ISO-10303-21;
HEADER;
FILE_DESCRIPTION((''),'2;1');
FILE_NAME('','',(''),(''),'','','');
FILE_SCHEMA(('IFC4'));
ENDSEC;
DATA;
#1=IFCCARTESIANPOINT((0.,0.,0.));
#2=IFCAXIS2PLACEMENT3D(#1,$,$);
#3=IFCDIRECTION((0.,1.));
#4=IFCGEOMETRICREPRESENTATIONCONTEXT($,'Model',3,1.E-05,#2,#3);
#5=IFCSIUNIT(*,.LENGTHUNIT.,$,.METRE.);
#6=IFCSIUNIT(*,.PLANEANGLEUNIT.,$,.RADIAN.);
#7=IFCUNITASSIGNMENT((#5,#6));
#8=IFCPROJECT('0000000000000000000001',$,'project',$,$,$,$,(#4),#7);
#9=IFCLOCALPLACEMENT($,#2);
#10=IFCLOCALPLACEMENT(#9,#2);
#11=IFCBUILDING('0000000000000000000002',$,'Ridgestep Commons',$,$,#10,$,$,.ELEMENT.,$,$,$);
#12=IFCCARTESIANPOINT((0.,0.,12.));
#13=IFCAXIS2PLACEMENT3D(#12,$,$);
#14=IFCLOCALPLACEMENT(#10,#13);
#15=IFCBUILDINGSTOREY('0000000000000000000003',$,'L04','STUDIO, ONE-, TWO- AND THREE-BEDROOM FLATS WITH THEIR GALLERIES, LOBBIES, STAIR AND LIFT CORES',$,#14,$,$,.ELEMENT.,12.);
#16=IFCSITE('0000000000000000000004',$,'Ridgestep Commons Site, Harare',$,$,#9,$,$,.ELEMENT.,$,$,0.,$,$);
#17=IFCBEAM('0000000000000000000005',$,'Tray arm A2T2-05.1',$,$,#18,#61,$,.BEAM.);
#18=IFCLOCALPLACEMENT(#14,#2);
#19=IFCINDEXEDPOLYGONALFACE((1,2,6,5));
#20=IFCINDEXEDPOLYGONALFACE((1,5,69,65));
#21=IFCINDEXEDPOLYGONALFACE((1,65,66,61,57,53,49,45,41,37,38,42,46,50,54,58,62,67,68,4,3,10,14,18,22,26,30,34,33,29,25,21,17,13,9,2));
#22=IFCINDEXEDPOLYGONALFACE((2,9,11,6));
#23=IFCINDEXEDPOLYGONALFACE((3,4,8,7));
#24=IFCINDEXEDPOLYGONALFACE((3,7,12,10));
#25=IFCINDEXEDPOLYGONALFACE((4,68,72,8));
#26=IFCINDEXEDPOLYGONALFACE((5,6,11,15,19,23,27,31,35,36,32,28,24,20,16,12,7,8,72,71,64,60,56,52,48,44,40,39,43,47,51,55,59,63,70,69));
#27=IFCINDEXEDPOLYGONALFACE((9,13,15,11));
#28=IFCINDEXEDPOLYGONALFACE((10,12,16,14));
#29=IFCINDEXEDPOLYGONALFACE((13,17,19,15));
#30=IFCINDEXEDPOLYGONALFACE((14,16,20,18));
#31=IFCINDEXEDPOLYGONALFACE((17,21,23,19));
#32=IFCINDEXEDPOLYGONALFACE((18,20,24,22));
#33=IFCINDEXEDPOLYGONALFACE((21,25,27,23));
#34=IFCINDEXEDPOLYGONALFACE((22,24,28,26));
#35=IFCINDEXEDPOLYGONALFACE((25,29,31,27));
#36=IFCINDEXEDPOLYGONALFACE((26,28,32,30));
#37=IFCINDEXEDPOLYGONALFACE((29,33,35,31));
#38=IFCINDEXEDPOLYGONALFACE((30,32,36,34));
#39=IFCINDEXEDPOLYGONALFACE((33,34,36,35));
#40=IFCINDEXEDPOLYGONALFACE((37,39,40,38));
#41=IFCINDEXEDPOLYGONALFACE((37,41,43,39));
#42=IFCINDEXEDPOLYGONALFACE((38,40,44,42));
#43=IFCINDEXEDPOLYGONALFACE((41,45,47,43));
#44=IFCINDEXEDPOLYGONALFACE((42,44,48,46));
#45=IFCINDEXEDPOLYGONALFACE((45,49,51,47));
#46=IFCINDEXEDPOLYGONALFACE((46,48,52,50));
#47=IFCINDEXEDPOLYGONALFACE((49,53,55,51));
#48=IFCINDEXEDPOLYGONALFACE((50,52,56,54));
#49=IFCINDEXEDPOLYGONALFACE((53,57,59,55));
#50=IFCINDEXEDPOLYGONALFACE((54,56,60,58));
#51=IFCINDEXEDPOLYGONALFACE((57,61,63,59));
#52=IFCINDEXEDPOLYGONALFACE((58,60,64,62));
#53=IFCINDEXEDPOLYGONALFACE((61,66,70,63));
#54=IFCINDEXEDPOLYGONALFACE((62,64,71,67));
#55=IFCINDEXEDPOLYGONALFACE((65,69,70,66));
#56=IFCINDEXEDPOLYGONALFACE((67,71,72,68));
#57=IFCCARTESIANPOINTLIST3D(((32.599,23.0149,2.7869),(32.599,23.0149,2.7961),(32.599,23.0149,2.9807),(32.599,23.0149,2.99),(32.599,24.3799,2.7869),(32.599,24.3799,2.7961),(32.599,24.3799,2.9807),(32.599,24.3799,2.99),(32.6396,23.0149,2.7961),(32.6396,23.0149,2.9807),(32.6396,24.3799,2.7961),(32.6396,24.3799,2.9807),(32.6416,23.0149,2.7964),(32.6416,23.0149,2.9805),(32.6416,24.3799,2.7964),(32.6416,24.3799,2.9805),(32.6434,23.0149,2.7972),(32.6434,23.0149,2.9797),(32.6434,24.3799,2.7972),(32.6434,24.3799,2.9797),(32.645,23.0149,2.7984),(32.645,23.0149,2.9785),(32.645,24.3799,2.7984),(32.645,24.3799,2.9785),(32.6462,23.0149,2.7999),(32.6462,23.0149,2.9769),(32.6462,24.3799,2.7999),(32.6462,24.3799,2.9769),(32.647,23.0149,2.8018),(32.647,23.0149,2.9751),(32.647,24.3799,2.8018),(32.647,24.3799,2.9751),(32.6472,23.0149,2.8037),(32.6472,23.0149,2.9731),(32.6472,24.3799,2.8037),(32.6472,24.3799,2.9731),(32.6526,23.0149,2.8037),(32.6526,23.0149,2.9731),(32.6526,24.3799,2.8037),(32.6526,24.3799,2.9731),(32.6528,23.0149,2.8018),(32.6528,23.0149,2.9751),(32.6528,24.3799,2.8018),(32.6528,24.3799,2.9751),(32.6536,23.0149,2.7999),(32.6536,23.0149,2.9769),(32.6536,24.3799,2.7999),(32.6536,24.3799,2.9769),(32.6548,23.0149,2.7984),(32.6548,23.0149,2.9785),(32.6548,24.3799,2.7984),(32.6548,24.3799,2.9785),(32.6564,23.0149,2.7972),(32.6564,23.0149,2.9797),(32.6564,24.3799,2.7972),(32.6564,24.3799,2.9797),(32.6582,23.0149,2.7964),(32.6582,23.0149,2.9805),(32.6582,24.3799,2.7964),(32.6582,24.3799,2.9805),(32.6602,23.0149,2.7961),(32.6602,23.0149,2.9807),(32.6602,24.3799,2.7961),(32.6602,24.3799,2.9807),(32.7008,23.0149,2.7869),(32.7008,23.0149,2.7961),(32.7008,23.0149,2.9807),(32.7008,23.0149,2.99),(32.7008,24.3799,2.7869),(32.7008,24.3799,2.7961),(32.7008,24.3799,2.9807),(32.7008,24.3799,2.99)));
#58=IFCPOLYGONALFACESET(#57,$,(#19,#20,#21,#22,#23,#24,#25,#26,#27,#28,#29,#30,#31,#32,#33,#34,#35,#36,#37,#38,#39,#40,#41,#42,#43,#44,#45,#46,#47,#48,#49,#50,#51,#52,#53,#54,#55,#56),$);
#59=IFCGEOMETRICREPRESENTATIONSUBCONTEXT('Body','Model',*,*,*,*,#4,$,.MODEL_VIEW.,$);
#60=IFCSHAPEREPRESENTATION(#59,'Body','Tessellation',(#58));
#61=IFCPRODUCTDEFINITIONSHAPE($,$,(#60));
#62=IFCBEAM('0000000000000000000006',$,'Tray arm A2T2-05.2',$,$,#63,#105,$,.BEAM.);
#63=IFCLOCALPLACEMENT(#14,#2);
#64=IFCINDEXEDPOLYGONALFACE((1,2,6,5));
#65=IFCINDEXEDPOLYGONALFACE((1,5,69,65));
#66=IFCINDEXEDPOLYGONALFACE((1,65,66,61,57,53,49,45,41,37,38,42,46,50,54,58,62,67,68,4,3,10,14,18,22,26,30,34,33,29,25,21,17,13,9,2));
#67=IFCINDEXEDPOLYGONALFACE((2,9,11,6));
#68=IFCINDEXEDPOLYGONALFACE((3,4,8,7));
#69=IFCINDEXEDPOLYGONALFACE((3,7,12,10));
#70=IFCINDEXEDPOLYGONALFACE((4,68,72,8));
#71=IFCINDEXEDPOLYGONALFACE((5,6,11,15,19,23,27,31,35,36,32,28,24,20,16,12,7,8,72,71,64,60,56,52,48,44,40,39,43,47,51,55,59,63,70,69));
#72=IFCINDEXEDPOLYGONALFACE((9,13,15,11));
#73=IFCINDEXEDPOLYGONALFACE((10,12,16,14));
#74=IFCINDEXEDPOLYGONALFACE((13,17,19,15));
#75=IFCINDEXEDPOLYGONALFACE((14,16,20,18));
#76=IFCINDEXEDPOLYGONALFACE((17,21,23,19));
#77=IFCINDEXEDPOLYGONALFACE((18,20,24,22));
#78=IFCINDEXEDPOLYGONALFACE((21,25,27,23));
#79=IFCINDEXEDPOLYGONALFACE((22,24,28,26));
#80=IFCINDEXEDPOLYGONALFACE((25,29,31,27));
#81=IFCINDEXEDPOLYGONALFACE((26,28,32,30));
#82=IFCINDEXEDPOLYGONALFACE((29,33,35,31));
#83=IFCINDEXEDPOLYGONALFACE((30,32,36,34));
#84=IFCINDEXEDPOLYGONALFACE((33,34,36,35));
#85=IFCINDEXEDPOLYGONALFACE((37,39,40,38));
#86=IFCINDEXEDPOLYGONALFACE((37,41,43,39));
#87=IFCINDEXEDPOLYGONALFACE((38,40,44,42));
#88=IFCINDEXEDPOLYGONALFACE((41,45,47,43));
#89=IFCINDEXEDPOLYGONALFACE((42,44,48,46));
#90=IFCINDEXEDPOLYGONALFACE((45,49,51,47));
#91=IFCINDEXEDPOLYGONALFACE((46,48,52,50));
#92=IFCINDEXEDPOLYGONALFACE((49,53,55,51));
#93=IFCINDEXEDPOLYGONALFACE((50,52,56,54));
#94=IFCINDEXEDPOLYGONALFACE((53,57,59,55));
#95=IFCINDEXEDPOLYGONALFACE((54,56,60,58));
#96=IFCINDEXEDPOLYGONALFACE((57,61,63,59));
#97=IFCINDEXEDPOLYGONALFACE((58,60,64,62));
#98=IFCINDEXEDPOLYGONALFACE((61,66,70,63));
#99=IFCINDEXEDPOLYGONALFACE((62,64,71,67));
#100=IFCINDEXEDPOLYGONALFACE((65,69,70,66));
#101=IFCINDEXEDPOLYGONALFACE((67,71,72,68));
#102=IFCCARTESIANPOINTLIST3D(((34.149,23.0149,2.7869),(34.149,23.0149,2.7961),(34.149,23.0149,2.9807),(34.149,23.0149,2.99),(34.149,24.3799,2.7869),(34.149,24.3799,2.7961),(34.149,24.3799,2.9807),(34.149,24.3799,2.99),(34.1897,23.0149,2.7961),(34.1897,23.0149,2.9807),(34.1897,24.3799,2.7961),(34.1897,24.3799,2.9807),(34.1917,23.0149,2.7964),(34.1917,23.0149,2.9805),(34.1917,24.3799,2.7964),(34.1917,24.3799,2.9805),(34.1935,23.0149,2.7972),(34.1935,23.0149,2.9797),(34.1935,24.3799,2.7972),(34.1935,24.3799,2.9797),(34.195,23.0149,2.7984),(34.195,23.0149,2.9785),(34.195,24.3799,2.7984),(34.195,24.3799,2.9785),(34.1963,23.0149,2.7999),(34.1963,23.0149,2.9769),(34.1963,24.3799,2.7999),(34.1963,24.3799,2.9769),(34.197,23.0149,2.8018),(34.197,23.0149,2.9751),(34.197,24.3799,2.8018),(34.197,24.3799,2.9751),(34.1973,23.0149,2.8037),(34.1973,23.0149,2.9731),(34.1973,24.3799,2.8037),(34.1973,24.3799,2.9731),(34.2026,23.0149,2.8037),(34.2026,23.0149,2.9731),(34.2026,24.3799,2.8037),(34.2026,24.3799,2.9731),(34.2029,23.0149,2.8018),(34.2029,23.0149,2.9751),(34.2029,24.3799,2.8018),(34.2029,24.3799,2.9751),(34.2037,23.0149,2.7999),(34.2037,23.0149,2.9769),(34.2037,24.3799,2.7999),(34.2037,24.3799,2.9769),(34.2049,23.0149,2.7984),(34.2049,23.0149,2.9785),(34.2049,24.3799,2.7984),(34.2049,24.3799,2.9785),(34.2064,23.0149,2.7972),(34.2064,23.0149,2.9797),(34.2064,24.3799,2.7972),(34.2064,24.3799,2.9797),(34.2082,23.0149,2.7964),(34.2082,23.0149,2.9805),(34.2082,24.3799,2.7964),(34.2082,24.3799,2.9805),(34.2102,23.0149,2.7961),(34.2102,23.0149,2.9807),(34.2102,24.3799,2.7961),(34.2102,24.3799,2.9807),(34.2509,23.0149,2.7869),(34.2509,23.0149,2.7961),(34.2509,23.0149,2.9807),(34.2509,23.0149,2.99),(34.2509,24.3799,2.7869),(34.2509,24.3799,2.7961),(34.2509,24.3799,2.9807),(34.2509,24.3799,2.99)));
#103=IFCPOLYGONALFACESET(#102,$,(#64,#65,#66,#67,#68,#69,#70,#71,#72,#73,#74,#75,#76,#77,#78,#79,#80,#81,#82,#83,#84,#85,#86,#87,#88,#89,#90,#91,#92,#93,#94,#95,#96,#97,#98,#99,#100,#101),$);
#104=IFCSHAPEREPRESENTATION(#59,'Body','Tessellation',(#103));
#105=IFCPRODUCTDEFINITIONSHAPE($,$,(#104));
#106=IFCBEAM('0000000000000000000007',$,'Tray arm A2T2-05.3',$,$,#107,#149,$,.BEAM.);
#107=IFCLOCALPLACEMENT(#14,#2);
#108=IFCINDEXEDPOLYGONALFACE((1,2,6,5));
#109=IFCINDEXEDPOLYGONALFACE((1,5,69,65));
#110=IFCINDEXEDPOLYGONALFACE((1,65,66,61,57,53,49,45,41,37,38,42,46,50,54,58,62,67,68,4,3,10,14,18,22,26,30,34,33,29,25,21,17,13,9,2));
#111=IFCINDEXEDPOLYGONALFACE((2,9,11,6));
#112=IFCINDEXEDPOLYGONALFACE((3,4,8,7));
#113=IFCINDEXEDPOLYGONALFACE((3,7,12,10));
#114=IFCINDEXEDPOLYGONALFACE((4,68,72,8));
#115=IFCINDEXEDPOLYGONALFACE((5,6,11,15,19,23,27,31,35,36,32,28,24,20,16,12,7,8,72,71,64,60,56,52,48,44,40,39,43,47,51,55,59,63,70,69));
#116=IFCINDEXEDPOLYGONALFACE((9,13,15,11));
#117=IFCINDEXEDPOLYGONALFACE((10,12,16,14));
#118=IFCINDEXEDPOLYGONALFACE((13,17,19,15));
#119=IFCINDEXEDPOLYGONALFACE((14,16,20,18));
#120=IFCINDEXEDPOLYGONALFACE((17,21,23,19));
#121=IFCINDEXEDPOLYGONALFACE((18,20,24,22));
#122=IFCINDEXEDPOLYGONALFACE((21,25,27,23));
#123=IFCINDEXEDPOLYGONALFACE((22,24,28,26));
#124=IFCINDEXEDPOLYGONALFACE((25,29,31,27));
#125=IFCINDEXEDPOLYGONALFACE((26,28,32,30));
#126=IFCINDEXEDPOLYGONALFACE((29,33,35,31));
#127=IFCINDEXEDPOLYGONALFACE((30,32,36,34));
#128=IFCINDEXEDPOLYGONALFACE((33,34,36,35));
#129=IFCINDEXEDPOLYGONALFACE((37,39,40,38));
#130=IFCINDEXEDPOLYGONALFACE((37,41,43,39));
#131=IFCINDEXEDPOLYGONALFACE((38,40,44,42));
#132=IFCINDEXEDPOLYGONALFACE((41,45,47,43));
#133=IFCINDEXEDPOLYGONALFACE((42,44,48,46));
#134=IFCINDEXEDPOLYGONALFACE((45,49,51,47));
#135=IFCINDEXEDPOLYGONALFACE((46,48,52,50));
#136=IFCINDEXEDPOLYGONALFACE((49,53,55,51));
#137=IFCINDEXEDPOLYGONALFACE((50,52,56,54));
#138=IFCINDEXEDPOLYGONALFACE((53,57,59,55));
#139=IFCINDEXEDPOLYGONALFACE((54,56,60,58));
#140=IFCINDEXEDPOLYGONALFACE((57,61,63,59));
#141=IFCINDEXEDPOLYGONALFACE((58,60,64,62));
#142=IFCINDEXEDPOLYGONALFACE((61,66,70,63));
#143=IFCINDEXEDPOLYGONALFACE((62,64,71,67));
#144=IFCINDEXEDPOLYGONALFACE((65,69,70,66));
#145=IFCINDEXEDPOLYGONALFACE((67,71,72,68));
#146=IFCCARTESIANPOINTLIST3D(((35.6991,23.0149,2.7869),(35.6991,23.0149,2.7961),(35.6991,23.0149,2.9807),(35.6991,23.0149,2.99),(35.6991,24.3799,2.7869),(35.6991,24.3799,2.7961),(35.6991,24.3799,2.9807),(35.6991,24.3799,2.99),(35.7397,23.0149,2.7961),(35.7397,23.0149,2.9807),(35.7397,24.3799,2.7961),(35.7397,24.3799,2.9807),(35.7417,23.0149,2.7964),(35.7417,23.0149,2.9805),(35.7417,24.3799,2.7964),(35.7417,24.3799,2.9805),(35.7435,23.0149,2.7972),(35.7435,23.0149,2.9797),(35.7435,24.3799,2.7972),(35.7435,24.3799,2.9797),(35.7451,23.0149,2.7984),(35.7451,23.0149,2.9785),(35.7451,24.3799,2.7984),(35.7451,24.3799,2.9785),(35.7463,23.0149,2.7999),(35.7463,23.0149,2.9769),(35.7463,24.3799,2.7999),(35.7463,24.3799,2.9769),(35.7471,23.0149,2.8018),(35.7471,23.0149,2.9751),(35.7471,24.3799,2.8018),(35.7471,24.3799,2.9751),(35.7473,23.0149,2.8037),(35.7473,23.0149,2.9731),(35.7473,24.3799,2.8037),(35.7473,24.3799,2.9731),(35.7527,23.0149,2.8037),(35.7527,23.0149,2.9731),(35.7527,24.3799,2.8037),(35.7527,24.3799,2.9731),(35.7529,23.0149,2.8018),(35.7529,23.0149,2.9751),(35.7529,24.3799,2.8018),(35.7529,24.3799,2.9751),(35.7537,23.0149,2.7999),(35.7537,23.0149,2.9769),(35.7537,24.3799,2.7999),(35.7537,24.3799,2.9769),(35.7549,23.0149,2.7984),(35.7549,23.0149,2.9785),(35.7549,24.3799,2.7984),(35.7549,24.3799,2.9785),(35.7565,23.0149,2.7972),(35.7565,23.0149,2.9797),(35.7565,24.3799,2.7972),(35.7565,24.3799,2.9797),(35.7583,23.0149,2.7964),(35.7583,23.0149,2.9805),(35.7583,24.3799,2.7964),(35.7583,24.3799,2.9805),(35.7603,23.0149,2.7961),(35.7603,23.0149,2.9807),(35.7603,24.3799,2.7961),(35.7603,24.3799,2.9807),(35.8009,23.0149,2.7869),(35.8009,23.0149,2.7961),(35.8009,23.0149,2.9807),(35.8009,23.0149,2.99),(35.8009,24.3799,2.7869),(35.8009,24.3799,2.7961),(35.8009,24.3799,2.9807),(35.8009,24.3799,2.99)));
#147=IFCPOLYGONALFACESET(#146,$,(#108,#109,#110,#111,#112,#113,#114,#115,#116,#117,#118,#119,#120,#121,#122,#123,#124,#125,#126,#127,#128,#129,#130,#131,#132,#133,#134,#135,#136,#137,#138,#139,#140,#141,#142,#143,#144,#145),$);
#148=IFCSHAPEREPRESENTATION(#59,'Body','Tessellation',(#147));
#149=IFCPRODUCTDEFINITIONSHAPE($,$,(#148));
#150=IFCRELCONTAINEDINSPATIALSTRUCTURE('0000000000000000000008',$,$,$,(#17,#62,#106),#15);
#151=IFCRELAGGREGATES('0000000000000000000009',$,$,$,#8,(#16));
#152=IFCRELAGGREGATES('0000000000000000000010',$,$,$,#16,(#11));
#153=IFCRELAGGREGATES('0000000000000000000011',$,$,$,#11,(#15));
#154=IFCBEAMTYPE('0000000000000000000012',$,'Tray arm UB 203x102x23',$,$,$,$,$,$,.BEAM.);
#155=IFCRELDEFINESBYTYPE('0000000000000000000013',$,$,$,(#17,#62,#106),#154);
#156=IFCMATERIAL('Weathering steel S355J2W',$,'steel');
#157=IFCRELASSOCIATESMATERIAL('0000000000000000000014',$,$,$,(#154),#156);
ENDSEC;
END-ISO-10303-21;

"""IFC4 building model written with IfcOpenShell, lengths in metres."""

from ifc_helpers import new_model, si_unit, direction, frame, origin, origin_2d, place, context, subcontext, project, spatial, i_section, extrude, material, material_profile, profile_set, type_object, element, save


model = new_model("IFC4")

# Units and contexts
model_context = context("Model", 3, precision=1e-05, world=origin(), true_north=direction((0.0, 1.0)))
body_context = subcontext(model_context, "Body", "Model", "MODEL_VIEW")
ifc_project = project(units=[si_unit("LENGTHUNIT", "METRE"), si_unit("PLANEANGLEUNIT", "RADIAN")], contexts=[model_context])

# Site, building, storey
site_placement = place(None, origin())
site = spatial("IfcSite", under=ifc_project, at=site_placement, Name="Ridgestep Commons Site, Harare", CompositionType="ELEMENT", RefElevation=0.0)
building_placement = place(site_placement, origin())
building = spatial("IfcBuilding", under=site, at=building_placement, Name="Ridgestep Commons", CompositionType="ELEMENT")
storey_placement = place(building_placement, frame((0.0, 0.0, 12.0)))
storey = spatial("IfcBuildingStorey", under=building, at=storey_placement, Name="L04", Description="STUDIO, ONE-, TWO- AND THREE-BEDROOM FLATS WITH THEIR GALLERIES, LOBBIES, STAIR AND LIFT CORES", CompositionType="ELEMENT", Elevation=12.0)

# Beams
ifc_material_1 = material(Name="Weathering steel S355J2W", Category="steel")
ifc_material_profile_1 = material_profile(ifc_material_1, i_section(OverallWidth=0.1018, OverallDepth=0.2031, WebThickness=0.0054, FlangeThickness=0.0093, FilletRadius=0.0076, at=origin_2d()), Name="UB 203x102x23")
ifc_profile_set_1 = profile_set([ifc_material_profile_1], Name="Weathering steel S355J2W")
beam_type_1 = type_object("IfcBeamType", Name="Tray arm UB 203x102x23", PredefinedType="BEAM", material=ifc_profile_set_1)
for number, where, z_axis, x_axis, name in (
    (1, (32.6499, 23.0149, 2.8884), (0.0, 1.0, 0.0), (-1.0, 0.0, 0.0), "Tray arm A2T2-05.1"),
    (2, (34.2, 23.0149, 2.8884), (0.0, 1.0, 0.0), (-1.0, 0.0, 0.0), "Tray arm A2T2-05.2"),
    (3, (35.75, 23.0149, 2.8884), (0.0, 1.0, 0.0), (-1.0, 0.0, 0.0), "Tray arm A2T2-05.3"),
):
    element("IfcBeam", number, at=place(storey_placement, frame(where, z_axis=z_axis, x_axis=x_axis)), inside=storey, type_object=beam_type_1, Name=name, PredefinedType="BEAM", context=body_context, shape_type="SweptSolid", body=[
        extrude(i_section(OverallWidth=0.1018, OverallDepth=0.2031, WebThickness=0.0054, FlangeThickness=0.0093, FilletRadius=0.0076, at=origin_2d()), origin(), (0.0, 0.0, 1.0), 1.365),
    ])

save(model, "model.ifc")
